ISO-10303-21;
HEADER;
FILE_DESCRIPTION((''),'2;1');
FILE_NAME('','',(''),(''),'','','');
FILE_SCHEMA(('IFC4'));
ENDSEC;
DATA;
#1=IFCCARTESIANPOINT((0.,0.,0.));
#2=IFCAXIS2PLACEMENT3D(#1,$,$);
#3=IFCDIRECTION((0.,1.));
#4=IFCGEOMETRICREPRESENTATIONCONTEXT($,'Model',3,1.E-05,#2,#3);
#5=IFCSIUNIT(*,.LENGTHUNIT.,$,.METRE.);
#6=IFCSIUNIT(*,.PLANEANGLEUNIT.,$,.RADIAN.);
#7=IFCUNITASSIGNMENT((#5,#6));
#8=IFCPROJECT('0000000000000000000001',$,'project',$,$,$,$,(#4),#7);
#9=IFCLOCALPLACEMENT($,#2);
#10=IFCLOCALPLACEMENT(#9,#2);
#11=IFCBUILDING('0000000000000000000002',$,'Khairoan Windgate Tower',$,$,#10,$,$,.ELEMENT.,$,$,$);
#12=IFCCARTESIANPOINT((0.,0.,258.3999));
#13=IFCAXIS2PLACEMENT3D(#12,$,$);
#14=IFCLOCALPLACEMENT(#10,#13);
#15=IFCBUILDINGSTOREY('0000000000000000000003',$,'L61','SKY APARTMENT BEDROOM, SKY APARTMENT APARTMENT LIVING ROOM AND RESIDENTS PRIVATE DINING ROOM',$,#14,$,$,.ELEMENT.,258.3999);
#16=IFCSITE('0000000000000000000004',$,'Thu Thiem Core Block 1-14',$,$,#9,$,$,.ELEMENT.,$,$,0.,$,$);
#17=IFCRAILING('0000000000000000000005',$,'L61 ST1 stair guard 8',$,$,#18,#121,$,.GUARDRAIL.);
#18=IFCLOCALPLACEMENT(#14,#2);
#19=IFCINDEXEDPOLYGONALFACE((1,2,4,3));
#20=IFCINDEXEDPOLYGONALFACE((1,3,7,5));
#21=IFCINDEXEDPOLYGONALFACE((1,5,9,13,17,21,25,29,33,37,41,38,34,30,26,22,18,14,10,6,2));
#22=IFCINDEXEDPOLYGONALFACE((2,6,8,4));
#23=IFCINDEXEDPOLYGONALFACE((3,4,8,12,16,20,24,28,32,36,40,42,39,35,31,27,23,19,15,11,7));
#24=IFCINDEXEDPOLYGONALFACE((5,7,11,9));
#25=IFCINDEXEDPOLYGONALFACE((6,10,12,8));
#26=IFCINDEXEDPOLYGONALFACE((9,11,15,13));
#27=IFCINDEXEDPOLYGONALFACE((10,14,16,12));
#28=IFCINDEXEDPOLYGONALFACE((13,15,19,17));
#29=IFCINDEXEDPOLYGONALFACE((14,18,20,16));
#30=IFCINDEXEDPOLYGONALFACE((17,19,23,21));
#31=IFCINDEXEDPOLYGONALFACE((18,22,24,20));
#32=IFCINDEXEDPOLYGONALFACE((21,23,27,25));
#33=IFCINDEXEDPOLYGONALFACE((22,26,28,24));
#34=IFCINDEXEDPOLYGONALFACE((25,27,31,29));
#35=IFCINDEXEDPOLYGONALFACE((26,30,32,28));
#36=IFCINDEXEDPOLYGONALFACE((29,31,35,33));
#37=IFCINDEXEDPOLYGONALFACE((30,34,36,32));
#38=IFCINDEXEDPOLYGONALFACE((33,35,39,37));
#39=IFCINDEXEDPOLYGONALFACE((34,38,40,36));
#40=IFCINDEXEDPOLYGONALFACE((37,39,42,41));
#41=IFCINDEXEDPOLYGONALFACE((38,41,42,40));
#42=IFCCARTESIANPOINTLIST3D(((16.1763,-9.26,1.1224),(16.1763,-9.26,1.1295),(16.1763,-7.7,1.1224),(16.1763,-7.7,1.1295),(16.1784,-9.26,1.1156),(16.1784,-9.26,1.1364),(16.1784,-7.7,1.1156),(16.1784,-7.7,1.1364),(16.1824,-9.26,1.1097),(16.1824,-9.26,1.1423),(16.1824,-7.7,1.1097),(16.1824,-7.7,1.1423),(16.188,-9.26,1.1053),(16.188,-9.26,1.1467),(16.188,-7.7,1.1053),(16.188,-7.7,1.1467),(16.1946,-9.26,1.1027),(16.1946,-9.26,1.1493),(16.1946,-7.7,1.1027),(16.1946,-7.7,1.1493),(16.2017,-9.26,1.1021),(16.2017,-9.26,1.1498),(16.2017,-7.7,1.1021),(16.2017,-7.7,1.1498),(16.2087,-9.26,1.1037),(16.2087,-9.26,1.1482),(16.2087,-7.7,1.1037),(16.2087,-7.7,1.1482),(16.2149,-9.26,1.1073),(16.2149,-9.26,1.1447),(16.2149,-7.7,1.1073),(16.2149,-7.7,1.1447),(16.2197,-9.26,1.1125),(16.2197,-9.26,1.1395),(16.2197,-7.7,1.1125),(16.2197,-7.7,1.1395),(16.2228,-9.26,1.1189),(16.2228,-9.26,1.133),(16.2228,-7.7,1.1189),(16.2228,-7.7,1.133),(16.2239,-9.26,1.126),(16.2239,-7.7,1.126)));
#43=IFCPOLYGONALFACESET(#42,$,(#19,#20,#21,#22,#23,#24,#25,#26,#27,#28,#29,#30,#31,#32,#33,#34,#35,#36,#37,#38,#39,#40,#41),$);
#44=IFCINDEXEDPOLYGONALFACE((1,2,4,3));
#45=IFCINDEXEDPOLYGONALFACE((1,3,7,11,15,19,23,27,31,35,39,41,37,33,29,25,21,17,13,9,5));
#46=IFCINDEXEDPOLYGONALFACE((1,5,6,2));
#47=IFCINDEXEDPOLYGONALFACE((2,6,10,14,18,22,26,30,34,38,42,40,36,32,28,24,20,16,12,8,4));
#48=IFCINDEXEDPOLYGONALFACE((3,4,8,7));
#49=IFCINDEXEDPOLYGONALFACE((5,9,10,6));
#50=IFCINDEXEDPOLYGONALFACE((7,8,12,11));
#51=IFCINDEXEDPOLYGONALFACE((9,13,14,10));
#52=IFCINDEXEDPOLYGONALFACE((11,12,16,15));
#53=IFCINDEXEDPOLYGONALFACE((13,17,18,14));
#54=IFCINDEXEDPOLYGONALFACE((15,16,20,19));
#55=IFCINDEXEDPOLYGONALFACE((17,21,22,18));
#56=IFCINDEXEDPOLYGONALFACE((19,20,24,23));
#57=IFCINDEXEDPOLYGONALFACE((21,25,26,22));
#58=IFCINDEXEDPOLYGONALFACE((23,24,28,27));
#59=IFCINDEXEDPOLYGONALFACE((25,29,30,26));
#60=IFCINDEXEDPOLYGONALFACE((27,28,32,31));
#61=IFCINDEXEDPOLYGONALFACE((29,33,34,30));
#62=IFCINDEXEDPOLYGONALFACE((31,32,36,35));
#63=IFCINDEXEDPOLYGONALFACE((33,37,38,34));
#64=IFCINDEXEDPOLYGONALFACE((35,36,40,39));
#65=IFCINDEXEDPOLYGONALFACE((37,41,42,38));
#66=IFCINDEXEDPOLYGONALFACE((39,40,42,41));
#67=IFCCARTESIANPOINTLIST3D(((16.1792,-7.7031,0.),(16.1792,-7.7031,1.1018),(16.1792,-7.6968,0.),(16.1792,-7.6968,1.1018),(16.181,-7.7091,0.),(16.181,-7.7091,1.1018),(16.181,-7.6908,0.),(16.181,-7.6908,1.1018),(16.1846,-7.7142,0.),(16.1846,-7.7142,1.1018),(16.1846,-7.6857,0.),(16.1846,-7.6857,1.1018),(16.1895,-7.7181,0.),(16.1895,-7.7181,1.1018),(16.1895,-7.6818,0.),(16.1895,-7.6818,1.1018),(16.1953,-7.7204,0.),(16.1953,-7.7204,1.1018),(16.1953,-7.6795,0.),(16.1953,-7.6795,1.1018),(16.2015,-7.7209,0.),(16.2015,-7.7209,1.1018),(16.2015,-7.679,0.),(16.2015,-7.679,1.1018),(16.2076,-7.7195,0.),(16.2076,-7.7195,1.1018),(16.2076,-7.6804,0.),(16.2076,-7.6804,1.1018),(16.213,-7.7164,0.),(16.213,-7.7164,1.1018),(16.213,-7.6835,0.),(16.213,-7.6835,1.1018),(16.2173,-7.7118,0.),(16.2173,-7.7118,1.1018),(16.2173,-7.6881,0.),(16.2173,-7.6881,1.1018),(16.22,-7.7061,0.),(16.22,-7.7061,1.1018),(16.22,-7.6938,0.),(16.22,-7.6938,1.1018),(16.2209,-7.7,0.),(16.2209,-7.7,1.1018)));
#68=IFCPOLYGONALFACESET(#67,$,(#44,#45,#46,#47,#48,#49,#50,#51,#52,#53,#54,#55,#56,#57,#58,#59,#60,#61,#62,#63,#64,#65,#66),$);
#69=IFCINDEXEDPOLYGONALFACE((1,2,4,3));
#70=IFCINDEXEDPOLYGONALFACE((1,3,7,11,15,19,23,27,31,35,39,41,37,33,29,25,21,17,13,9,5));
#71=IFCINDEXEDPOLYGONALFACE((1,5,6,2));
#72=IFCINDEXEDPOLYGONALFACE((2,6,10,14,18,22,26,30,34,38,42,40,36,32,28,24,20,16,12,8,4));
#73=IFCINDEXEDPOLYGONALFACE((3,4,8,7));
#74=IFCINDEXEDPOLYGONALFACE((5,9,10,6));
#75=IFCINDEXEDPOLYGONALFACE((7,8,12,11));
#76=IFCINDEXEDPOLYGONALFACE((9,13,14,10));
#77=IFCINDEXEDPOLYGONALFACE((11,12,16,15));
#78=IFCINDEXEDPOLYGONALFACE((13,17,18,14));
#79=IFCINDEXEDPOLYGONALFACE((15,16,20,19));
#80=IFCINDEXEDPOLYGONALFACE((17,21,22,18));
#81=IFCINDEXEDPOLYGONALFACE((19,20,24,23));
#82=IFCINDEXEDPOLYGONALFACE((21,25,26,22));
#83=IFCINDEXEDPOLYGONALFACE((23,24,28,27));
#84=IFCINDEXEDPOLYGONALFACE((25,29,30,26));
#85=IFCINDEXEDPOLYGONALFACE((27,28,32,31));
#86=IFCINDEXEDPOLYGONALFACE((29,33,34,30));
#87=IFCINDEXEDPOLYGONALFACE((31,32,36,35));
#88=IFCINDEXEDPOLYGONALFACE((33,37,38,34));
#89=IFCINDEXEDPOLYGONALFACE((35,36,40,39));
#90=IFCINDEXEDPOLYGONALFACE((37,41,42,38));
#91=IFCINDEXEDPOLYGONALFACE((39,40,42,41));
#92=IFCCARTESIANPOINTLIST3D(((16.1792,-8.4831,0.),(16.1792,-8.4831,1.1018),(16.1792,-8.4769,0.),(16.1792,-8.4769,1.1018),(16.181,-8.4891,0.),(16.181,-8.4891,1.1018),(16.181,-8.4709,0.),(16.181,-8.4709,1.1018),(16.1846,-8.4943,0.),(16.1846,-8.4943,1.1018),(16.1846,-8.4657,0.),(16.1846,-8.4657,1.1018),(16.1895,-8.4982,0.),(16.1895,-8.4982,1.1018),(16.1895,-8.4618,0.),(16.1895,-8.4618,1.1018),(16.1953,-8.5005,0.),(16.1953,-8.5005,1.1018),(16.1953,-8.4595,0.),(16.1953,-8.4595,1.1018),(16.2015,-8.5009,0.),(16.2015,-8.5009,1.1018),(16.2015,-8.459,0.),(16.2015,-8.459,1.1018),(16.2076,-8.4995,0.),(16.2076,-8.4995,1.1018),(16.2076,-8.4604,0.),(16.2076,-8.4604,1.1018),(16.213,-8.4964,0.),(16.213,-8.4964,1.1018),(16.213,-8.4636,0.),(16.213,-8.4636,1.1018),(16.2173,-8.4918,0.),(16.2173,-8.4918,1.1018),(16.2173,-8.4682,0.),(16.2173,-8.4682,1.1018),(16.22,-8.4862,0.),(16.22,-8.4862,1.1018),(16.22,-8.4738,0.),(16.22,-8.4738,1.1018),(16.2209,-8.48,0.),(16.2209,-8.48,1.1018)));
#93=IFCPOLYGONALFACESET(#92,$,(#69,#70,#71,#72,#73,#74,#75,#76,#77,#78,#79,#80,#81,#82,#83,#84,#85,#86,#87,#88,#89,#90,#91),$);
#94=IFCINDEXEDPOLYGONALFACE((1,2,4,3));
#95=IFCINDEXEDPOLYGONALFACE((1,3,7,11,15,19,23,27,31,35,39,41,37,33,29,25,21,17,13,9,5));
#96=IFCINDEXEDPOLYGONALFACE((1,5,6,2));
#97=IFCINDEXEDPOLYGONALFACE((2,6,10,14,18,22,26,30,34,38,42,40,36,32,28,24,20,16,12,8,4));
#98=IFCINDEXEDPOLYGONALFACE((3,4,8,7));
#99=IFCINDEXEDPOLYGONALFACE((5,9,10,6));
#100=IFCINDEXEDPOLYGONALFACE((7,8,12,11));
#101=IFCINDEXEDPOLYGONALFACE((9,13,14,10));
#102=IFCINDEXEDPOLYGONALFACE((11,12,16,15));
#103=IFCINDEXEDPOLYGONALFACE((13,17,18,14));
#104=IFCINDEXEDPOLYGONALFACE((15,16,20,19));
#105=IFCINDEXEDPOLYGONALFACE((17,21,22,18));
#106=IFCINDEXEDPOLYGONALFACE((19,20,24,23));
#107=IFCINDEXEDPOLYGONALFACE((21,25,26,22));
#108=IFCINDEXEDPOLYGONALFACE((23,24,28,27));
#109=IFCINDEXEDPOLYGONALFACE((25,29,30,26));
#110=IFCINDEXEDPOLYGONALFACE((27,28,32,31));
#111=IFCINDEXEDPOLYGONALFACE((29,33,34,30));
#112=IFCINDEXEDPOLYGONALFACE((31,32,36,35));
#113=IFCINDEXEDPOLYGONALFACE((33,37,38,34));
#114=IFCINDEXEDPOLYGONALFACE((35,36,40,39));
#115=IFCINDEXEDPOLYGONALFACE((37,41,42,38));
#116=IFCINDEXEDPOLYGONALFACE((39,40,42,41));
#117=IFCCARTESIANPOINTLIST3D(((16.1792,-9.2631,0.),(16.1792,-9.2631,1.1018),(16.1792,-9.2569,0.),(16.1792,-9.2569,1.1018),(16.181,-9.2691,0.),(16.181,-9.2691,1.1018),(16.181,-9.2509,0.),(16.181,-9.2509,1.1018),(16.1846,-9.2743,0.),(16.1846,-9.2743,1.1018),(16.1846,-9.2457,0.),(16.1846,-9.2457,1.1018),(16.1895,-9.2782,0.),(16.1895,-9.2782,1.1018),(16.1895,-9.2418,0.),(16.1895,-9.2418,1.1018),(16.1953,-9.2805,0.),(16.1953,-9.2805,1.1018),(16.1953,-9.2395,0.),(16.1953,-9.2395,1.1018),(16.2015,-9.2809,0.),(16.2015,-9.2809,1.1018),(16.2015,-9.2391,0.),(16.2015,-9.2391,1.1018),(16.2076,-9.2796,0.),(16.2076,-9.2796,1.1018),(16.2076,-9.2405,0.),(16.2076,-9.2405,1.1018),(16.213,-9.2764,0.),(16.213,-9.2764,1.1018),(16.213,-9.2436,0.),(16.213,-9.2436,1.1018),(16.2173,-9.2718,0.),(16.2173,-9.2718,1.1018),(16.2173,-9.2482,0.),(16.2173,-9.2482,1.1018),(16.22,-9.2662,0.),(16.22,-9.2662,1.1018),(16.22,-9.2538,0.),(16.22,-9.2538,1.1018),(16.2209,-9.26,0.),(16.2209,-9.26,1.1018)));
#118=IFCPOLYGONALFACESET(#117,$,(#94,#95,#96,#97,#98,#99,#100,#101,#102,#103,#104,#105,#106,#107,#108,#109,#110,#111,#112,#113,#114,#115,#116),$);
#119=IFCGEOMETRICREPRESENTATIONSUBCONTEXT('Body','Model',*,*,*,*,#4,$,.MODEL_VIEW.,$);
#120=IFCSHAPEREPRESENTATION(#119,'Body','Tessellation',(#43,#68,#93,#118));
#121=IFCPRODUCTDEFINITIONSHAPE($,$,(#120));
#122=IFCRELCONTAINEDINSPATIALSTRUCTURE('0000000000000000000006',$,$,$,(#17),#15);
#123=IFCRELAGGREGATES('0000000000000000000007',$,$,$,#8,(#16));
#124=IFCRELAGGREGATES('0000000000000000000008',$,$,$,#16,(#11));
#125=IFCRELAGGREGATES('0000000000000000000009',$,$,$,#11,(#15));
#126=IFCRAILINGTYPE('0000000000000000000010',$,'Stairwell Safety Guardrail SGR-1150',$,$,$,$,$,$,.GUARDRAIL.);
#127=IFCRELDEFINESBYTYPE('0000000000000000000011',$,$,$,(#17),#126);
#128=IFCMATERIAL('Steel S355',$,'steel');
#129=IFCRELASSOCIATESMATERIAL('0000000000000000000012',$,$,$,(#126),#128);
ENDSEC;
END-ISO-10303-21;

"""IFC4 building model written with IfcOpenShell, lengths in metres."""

from ifc_helpers import new_model, si_unit, direction, frame, origin, origin_2d, place, context, subcontext, project, spatial, circle, extrude, material, type_object, element, save


model = new_model("IFC4")

# Units and contexts
model_context = context("Model", 3, precision=1e-05, world=origin(), true_north=direction((0.0, 1.0)))
body_context = subcontext(model_context, "Body", "Model", "MODEL_VIEW")
ifc_project = project(units=[si_unit("LENGTHUNIT", "METRE"), si_unit("PLANEANGLEUNIT", "RADIAN")], contexts=[model_context])

# Site, building, storey
site_placement = place(None, origin())
site = spatial("IfcSite", under=ifc_project, at=site_placement, Name="Thu Thiem Core Block 1-14", CompositionType="ELEMENT", RefElevation=0.0)
building_placement = place(site_placement, origin())
building = spatial("IfcBuilding", under=site, at=building_placement, Name="Khairoan Windgate Tower", CompositionType="ELEMENT")
storey_placement = place(building_placement, frame((0.0, 0.0, 258.3999)))
storey = spatial("IfcBuildingStorey", under=building, at=storey_placement, Name="L61", Description="SKY APARTMENT BEDROOM, SKY APARTMENT APARTMENT LIVING ROOM AND RESIDENTS PRIVATE DINING ROOM", CompositionType="ELEMENT", Elevation=258.3999)

# Railing
ifc_material_1 = material(Name="Steel S355", Category="steel")
railing_type_1 = type_object("IfcRailingType", Name="Stairwell Safety Guardrail SGR-1150", PredefinedType="GUARDRAIL", material=ifc_material_1)
railing_1_placement = place(storey_placement, frame((16.2, -7.7, 0.0)))
element("IfcRailing", 1, at=railing_1_placement, inside=storey, type_object=railing_type_1, Name="L61 ST1 stair guard 8", PredefinedType="GUARDRAIL", context=body_context, shape_type="SweptSolid", body=[
    extrude(circle(Radius=0.0239, at=origin_2d()), frame((0.0, 0.0, 1.126), z_axis=(0.0, -1.0, 0.0), x_axis=(1.0, 0.0, 0.0)), (0.0, 0.0, 1.0), 1.5601),
    extrude(circle(Radius=0.021, at=origin_2d()), origin(), (0.0, 0.0, 1.0), 1.1018),
    extrude(circle(Radius=0.021, at=origin_2d()), frame((0.0, -0.78, 0.0)), (0.0, 0.0, 1.0), 1.1018),
    extrude(circle(Radius=0.021, at=origin_2d()), frame((0.0, -1.5601, 0.0)), (0.0, 0.0, 1.0), 1.1018),
])

save(model, "model.ifc")
